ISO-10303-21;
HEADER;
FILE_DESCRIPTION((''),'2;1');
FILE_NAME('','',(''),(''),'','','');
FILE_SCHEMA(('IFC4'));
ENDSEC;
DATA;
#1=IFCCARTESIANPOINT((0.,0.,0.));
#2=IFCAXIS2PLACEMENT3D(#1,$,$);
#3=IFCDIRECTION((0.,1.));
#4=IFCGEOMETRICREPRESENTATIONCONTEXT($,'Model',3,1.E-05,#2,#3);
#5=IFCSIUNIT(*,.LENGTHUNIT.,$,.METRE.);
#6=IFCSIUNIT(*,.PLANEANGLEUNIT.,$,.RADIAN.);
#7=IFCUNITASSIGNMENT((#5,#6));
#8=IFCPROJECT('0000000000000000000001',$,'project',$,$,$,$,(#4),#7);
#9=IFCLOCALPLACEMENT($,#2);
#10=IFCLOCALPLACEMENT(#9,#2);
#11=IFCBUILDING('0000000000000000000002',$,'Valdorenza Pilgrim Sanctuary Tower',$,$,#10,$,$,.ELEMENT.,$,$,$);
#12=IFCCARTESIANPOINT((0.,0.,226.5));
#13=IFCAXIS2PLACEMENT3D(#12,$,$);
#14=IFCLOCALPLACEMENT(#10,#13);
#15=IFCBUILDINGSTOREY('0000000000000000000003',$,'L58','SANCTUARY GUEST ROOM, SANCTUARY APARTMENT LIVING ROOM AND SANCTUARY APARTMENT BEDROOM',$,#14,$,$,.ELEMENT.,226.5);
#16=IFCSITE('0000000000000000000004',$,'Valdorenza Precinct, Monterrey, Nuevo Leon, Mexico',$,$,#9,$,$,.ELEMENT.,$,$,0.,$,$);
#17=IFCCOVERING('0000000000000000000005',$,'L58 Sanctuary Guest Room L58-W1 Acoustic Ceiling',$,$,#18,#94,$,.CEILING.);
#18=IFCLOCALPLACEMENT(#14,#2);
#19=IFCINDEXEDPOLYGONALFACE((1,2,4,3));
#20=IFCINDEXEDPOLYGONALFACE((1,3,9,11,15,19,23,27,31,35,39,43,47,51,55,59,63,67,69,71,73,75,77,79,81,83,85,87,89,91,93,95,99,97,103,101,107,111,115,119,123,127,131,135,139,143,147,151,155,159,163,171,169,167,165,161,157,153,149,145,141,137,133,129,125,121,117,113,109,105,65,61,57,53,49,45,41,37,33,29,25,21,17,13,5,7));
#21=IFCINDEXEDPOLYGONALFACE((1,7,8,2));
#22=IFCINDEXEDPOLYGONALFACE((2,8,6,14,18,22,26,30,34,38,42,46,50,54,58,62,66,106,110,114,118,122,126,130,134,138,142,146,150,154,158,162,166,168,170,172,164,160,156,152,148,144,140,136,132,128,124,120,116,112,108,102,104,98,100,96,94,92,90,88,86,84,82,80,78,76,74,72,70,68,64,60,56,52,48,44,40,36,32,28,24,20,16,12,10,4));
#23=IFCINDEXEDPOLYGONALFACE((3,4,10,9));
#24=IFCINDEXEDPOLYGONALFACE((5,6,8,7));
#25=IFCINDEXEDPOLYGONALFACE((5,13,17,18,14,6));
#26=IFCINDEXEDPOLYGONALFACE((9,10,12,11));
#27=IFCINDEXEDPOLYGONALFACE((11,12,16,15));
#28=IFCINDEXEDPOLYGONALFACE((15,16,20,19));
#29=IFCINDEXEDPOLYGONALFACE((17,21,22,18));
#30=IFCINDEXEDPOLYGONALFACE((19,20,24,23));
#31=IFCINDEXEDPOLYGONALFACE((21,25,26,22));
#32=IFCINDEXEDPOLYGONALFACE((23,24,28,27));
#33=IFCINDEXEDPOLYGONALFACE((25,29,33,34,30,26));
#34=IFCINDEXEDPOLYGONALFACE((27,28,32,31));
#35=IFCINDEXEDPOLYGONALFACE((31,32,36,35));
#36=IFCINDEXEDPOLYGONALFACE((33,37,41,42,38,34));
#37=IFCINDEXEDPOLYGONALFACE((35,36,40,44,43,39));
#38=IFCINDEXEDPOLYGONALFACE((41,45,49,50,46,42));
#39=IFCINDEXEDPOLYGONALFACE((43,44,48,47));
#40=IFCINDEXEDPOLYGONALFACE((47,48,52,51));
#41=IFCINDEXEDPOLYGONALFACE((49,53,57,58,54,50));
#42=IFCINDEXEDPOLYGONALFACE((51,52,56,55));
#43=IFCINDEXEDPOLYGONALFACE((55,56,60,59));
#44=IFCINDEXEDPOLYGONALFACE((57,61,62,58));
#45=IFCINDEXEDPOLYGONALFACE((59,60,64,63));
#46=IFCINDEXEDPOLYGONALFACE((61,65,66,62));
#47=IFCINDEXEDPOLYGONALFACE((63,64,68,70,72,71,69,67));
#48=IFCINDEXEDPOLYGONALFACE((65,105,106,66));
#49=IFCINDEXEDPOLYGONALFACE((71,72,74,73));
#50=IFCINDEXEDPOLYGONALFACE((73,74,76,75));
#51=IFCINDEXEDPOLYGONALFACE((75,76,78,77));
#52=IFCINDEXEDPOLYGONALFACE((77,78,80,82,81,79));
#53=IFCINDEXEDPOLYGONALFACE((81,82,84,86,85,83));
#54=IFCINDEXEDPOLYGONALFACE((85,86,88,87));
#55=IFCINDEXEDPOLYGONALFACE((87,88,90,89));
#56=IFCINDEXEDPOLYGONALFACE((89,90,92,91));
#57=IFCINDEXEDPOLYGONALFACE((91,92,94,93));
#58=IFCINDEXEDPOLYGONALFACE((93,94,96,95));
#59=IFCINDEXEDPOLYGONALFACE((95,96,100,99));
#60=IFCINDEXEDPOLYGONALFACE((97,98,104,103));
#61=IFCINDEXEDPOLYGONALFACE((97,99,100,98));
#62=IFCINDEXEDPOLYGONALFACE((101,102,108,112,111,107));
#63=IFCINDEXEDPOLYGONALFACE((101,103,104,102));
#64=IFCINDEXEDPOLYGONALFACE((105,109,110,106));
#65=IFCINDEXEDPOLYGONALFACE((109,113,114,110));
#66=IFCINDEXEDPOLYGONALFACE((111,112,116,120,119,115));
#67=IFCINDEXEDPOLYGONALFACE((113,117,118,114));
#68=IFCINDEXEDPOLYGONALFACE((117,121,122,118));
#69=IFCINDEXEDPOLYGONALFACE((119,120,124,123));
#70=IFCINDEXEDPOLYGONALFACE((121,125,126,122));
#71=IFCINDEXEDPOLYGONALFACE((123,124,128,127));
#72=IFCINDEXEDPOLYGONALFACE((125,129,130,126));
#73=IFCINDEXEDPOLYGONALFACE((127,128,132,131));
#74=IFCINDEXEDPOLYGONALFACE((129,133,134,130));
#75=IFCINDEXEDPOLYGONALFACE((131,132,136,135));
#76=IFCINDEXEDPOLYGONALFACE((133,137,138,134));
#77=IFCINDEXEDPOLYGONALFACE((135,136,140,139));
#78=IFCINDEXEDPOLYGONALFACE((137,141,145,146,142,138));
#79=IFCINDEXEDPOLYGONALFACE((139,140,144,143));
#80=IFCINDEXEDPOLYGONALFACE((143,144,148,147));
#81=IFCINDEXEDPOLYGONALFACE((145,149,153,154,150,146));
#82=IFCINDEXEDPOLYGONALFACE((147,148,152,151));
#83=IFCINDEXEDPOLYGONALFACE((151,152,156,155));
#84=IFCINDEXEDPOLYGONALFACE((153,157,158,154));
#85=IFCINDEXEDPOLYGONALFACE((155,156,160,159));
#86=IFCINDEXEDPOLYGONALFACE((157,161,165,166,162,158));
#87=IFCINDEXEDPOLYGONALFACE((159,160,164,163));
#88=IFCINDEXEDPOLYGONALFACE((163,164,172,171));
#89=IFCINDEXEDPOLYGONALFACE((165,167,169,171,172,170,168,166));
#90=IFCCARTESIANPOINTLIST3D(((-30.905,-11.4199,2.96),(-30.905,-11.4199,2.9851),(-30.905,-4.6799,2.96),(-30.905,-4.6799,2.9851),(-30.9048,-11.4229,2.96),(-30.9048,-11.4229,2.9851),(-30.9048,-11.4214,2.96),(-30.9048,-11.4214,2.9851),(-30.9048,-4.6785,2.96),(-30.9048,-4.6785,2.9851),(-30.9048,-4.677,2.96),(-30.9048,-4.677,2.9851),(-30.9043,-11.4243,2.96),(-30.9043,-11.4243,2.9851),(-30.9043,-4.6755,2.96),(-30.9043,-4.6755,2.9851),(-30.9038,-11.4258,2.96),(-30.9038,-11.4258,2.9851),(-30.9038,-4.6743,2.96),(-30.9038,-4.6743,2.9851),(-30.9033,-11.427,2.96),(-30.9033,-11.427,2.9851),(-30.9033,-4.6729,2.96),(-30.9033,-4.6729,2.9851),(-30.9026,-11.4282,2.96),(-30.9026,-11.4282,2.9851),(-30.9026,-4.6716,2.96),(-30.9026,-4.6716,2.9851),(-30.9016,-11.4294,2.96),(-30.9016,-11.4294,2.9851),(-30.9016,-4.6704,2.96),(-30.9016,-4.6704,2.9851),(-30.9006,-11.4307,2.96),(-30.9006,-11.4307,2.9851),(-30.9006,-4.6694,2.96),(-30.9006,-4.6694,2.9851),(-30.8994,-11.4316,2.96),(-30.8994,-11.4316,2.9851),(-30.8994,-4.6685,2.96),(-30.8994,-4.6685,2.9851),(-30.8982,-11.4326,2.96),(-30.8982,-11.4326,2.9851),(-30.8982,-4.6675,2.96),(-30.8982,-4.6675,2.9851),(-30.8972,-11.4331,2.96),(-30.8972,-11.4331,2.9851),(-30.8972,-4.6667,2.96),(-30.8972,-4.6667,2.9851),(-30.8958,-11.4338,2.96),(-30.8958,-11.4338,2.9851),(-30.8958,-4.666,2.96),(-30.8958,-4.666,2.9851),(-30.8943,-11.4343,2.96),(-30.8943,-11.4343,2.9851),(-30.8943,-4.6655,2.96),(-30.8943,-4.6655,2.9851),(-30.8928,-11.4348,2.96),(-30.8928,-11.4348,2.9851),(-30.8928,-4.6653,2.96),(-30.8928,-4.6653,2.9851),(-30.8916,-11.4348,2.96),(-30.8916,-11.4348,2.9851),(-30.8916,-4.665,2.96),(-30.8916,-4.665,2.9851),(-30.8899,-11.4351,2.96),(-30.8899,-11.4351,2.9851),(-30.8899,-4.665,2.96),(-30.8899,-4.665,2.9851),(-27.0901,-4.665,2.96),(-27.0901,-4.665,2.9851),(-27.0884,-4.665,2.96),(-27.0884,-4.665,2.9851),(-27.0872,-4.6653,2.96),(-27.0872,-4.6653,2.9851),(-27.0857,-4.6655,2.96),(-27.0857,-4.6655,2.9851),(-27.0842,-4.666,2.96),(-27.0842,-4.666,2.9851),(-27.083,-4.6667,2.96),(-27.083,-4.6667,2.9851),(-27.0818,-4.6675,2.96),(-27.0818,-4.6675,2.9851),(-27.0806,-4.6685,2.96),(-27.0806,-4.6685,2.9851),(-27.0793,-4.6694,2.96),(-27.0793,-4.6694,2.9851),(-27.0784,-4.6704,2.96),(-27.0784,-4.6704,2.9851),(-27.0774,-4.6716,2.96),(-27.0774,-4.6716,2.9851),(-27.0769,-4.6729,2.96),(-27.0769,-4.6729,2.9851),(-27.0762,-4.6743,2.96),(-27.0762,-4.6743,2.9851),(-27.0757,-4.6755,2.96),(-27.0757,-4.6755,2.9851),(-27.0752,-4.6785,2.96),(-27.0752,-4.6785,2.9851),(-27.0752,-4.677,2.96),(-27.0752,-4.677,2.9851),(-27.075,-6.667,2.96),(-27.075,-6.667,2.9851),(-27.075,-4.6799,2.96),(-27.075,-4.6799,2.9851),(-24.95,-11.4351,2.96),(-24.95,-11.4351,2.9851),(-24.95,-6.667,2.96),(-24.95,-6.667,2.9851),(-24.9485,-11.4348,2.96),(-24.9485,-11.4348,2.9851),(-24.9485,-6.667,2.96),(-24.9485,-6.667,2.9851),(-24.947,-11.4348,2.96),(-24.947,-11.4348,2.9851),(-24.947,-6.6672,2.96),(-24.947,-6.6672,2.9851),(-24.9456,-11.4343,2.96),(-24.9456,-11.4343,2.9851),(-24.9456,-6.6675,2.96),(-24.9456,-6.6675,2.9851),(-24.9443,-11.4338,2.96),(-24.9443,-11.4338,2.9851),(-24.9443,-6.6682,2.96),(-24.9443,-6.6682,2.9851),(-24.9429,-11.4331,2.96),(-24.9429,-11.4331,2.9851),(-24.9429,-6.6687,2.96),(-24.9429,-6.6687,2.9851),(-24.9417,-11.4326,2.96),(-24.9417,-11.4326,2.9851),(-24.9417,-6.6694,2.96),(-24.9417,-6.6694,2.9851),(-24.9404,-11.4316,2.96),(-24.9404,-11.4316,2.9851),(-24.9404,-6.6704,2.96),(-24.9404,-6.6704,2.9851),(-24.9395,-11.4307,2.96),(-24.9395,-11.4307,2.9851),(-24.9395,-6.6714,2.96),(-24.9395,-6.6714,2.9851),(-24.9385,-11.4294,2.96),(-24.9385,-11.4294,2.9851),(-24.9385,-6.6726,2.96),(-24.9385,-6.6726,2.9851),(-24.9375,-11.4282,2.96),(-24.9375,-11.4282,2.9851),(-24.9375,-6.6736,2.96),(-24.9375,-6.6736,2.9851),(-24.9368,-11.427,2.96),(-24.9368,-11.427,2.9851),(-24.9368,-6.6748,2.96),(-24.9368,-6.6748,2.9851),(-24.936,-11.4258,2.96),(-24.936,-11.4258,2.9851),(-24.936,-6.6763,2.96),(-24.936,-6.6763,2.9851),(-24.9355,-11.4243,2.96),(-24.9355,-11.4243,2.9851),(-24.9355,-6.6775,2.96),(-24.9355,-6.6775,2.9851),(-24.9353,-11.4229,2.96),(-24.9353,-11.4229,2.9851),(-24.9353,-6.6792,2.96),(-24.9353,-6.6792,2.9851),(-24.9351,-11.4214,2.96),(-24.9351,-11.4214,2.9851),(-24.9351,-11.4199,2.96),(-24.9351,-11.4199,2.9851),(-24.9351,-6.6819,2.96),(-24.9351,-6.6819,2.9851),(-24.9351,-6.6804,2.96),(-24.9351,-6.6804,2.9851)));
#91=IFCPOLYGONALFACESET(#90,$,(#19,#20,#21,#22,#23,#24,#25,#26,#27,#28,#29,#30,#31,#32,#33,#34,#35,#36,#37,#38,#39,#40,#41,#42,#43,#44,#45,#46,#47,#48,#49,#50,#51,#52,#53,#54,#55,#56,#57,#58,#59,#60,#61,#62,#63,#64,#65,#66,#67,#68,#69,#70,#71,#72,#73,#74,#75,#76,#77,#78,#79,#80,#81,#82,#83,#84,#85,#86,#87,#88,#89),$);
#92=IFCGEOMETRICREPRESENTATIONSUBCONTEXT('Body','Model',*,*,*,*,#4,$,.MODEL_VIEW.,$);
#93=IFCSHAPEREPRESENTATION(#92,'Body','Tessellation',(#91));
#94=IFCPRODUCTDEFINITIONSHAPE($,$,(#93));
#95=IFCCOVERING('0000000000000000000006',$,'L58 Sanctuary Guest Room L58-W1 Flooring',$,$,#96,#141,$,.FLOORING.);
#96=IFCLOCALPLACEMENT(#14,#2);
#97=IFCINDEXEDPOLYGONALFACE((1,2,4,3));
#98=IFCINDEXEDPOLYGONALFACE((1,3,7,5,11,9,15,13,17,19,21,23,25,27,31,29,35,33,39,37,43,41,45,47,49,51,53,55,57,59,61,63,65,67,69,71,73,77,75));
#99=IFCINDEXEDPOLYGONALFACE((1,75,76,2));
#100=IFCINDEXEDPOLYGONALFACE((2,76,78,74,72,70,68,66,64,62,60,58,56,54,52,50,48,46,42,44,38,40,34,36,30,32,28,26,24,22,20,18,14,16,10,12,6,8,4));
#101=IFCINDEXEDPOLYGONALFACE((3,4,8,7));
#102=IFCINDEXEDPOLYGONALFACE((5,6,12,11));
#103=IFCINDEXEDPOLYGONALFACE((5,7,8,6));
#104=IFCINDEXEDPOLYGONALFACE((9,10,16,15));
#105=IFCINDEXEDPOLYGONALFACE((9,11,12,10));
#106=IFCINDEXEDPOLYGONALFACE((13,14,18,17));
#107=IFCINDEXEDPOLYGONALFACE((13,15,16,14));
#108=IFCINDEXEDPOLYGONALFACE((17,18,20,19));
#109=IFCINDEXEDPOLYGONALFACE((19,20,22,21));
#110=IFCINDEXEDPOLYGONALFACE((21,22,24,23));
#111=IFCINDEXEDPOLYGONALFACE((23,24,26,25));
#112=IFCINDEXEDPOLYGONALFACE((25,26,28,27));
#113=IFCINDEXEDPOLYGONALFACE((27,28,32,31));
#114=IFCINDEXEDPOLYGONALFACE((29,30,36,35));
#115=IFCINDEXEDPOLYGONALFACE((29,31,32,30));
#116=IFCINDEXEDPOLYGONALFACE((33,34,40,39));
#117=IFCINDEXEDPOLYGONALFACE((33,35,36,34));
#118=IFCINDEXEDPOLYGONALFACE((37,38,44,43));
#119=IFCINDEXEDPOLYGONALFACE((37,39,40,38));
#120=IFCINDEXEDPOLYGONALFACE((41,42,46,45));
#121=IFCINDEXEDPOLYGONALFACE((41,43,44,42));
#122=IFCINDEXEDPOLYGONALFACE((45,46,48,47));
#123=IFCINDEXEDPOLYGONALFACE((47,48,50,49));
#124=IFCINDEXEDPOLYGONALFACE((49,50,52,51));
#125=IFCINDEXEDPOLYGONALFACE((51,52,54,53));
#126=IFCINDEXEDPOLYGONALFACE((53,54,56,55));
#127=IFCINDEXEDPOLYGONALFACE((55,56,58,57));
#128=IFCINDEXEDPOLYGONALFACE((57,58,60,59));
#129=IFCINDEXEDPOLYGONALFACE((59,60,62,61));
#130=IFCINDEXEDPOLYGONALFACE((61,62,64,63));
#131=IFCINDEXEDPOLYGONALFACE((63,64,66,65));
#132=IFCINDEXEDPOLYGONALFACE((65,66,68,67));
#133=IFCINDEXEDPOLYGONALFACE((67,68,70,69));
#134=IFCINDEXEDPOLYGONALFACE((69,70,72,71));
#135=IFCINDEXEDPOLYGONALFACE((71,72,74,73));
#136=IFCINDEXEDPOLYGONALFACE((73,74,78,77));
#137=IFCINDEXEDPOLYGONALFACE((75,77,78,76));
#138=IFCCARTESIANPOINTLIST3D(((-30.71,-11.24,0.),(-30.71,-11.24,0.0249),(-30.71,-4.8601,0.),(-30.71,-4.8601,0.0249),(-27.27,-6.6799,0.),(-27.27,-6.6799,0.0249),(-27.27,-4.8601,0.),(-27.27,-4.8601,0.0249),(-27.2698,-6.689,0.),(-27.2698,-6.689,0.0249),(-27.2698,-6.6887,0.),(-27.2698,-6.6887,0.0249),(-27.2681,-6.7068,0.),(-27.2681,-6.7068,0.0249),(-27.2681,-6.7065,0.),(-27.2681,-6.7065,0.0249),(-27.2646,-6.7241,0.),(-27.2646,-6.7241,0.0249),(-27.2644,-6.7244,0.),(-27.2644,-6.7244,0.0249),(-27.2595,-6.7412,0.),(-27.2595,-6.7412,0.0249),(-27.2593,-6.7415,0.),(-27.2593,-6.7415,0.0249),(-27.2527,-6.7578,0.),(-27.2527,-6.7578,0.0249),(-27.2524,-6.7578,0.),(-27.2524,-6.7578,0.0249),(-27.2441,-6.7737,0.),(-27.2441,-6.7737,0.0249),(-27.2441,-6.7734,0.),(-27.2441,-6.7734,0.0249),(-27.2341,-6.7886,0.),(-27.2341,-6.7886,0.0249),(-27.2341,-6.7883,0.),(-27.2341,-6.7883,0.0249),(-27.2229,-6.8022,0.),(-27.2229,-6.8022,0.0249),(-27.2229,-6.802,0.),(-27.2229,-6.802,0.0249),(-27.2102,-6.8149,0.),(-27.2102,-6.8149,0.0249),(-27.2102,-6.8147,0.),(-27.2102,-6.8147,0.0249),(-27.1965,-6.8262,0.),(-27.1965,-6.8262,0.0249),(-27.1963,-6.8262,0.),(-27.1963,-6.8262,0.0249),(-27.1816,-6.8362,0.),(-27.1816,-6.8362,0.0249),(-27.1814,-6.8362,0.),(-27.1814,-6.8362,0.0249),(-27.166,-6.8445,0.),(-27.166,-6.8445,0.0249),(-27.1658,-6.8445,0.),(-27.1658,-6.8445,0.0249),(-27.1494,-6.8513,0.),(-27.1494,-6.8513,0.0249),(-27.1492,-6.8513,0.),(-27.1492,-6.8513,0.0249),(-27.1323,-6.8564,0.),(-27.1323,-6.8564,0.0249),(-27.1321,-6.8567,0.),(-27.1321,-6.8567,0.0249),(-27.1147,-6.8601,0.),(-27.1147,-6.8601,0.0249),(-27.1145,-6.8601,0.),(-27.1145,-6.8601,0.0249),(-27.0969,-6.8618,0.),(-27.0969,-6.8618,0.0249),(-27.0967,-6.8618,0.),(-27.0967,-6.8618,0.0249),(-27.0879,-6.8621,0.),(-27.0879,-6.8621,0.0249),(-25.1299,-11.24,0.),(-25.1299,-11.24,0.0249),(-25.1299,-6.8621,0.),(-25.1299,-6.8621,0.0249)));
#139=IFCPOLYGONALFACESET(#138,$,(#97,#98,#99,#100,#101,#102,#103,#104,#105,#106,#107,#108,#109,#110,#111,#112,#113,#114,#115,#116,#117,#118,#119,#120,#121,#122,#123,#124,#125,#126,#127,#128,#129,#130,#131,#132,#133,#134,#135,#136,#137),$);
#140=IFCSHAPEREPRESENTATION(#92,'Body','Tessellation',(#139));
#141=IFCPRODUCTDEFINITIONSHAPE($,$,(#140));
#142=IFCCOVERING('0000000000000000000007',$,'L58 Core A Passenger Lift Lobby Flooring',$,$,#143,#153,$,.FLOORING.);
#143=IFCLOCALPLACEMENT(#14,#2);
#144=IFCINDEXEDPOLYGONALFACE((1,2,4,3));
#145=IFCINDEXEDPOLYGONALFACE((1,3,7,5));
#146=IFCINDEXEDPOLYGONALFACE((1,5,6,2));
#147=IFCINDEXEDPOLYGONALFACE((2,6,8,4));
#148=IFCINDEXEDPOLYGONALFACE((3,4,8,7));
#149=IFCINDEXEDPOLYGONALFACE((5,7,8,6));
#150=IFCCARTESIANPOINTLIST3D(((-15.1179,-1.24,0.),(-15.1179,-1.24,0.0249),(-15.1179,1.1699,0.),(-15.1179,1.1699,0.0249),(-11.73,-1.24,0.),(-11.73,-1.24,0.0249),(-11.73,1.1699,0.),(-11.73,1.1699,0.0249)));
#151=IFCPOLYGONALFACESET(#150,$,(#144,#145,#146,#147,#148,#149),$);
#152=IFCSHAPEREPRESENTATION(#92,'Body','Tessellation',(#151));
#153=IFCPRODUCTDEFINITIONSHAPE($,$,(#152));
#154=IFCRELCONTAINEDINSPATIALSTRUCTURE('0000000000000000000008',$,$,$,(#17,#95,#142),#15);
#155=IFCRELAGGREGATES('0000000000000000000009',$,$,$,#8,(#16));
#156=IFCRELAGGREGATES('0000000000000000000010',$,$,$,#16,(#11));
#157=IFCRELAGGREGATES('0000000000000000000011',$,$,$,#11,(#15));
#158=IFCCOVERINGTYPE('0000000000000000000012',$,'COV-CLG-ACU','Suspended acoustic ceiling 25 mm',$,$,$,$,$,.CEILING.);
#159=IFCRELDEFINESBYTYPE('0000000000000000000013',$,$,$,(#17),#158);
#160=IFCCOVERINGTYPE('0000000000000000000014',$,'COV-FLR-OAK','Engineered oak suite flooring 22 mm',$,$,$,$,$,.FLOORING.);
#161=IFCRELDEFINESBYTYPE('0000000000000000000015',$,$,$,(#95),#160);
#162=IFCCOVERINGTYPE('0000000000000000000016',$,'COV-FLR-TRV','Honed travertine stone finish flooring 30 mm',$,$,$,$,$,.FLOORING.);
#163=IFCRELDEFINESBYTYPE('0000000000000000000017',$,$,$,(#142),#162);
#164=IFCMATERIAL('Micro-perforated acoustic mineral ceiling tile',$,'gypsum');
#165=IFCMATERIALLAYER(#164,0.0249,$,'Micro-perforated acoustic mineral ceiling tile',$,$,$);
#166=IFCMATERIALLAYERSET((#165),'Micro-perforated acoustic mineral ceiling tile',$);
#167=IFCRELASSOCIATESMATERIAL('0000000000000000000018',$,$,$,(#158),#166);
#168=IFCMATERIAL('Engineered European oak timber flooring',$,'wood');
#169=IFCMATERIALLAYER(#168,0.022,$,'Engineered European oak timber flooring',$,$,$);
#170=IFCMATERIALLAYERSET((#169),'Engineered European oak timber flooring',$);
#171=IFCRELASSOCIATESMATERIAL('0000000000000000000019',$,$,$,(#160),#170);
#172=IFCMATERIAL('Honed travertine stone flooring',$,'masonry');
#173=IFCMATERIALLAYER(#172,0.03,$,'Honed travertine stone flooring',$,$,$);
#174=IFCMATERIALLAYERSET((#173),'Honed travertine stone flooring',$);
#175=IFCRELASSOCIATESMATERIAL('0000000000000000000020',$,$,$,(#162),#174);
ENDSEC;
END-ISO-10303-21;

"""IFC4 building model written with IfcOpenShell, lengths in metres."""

from ifc_helpers import new_model, si_unit, direction, frame, origin, place, context, subcontext, project, spatial, polyline, outline, extrude, material, layer, layer_set, type_object, element, save


model = new_model("IFC4")

# Units and contexts
model_context = context("Model", 3, precision=1e-05, world=origin(), true_north=direction((0.0, 1.0)))
body_context = subcontext(model_context, "Body", "Model", "MODEL_VIEW")
ifc_project = project(units=[si_unit("LENGTHUNIT", "METRE"), si_unit("PLANEANGLEUNIT", "RADIAN")], contexts=[model_context])

# Site, building, storey
site_placement = place(None, origin())
site = spatial("IfcSite", under=ifc_project, at=site_placement, Name="Valdorenza Precinct, Monterrey, Nuevo Leon, Mexico", CompositionType="ELEMENT", RefElevation=0.0)
building_placement = place(site_placement, origin())
building = spatial("IfcBuilding", under=site, at=building_placement, Name="Valdorenza Pilgrim Sanctuary Tower", CompositionType="ELEMENT")
storey_placement = place(building_placement, frame((0.0, 0.0, 226.5)))
storey = spatial("IfcBuildingStorey", under=building, at=storey_placement, Name="L58", Description="SANCTUARY GUEST ROOM, SANCTUARY APARTMENT LIVING ROOM AND SANCTUARY APARTMENT BEDROOM", CompositionType="ELEMENT", Elevation=226.5)

# Coverings
ifc_material_1 = material(Name="Micro-perforated acoustic mineral ceiling tile", Category="gypsum")
ifc_layer_1 = layer(ifc_material_1, 0.0249, Name="Micro-perforated acoustic mineral ceiling tile")
ifc_layer_set_1 = layer_set([ifc_layer_1], Name="Micro-perforated acoustic mineral ceiling tile")
covering_type_1 = type_object("IfcCoveringType", Name="COV-CLG-ACU", Description="Suspended acoustic ceiling 25 mm", PredefinedType="CEILING", material=ifc_layer_set_1)
covering_1_placement = place(storey_placement, frame((0.0, 0.0, 2.96)))
element("IfcCovering", 1, at=covering_1_placement, inside=storey, type_object=covering_type_1, Name="L58 Sanctuary Guest Room L58-W1 Acoustic Ceiling", PredefinedType="CEILING", context=body_context, shape_type="SweptSolid", body=[
    extrude(outline(polyline([(-30.905, -4.6799), (-30.9048, -4.6785), (-30.9048, -4.677), (-30.9043, -4.6755), (-30.9038, -4.6743), (-30.9033, -4.6729), (-30.9026, -4.6716), (-30.9016, -4.6704), (-30.9006, -4.6694), (-30.8994, -4.6685), (-30.8982, -4.6675), (-30.8972, -4.6667), (-30.8958, -4.666), (-30.8943, -4.6655), (-30.8928, -4.6653), (-30.8916, -4.665), (-30.8899, -4.665), (-27.0901, -4.665), (-27.0884, -4.665), (-27.0872, -4.6653), (-27.0857, -4.6655), (-27.0842, -4.666), (-27.083, -4.6667), (-27.0818, -4.6675), (-27.0806, -4.6685), (-27.0793, -4.6694), (-27.0784, -4.6704), (-27.0774, -4.6716), (-27.0769, -4.6729), (-27.0762, -4.6743), (-27.0757, -4.6755), (-27.0752, -4.677), (-27.0752, -4.6785), (-27.075, -4.6799), (-27.075, -6.667), (-24.95, -6.667), (-24.9485, -6.667), (-24.947, -6.6672), (-24.9456, -6.6675), (-24.9443, -6.6682), (-24.9429, -6.6687), (-24.9417, -6.6694), (-24.9404, -6.6704), (-24.9395, -6.6714), (-24.9385, -6.6726), (-24.9375, -6.6736), (-24.9368, -6.6748), (-24.936, -6.6763), (-24.9355, -6.6775), (-24.9353, -6.6792), (-24.9351, -6.6804), (-24.9351, -6.6819), (-24.9351, -11.4199), (-24.9351, -11.4214), (-24.9353, -11.4229), (-24.9355, -11.4243), (-24.936, -11.4258), (-24.9368, -11.427), (-24.9375, -11.4282), (-24.9385, -11.4294), (-24.9395, -11.4307), (-24.9404, -11.4316), (-24.9417, -11.4326), (-24.9429, -11.4331), (-24.9443, -11.4338), (-24.9456, -11.4343), (-24.947, -11.4348), (-24.9485, -11.4348), (-24.95, -11.4351), (-30.8899, -11.4351), (-30.8916, -11.4348), (-30.8928, -11.4348), (-30.8943, -11.4343), (-30.8958, -11.4338), (-30.8972, -11.4331), (-30.8982, -11.4326), (-30.8994, -11.4316), (-30.9006, -11.4307), (-30.9016, -11.4294), (-30.9026, -11.4282), (-30.9033, -11.427), (-30.9038, -11.4258), (-30.9043, -11.4243), (-30.9048, -11.4229), (-30.9048, -11.4214), (-30.905, -11.4199), (-30.905, -4.6799)])), origin(), (0.0, 0.0, 1.0), 0.0251),
])
ifc_material_2 = material(Name="Engineered European oak timber flooring", Category="wood")
ifc_layer_2 = layer(ifc_material_2, 0.022, Name="Engineered European oak timber flooring")
ifc_layer_set_2 = layer_set([ifc_layer_2], Name="Engineered European oak timber flooring")
covering_type_2 = type_object("IfcCoveringType", Name="COV-FLR-OAK", Description="Engineered oak suite flooring 22 mm", PredefinedType="FLOORING", material=ifc_layer_set_2)
covering_2_placement = place(storey_placement, origin())
element("IfcCovering", 2, at=covering_2_placement, inside=storey, type_object=covering_type_2, Name="L58 Sanctuary Guest Room L58-W1 Flooring", PredefinedType="FLOORING", context=body_context, shape_type="SweptSolid", body=[
    extrude(outline(polyline([(-30.71, -4.8601), (-27.27, -4.8601), (-27.27, -6.6799), (-27.2698, -6.6887), (-27.2698, -6.689), (-27.2681, -6.7065), (-27.2681, -6.7068), (-27.2646, -6.7241), (-27.2644, -6.7244), (-27.2595, -6.7412), (-27.2593, -6.7415), (-27.2527, -6.7578), (-27.2524, -6.7578), (-27.2441, -6.7734), (-27.2441, -6.7737), (-27.2341, -6.7883), (-27.2341, -6.7886), (-27.2229, -6.802), (-27.2229, -6.8022), (-27.2102, -6.8147), (-27.2102, -6.8149), (-27.1965, -6.8262), (-27.1963, -6.8262), (-27.1816, -6.8362), (-27.1814, -6.8362), (-27.166, -6.8445), (-27.1658, -6.8445), (-27.1494, -6.8513), (-27.1492, -6.8513), (-27.1323, -6.8564), (-27.1321, -6.8567), (-27.1147, -6.8601), (-27.1145, -6.8601), (-27.0969, -6.8618), (-27.0967, -6.8618), (-27.0879, -6.8621), (-25.1299, -6.8621), (-25.1299, -11.24), (-30.71, -11.24), (-30.71, -4.8601)])), origin(), (0.0, 0.0, 1.0), 0.0249),
])
ifc_material_3 = material(Name="Honed travertine stone flooring", Category="masonry")
ifc_layer_3 = layer(ifc_material_3, 0.03, Name="Honed travertine stone flooring")
ifc_layer_set_3 = layer_set([ifc_layer_3], Name="Honed travertine stone flooring")
covering_type_3 = type_object("IfcCoveringType", Name="COV-FLR-TRV", Description="Honed travertine stone finish flooring 30 mm", PredefinedType="FLOORING", material=ifc_layer_set_3)
covering_3_placement = place(storey_placement, origin())
element("IfcCovering", 3, at=covering_3_placement, inside=storey, type_object=covering_type_3, Name="L58 Core A Passenger Lift Lobby Flooring", PredefinedType="FLOORING", context=body_context, shape_type="SweptSolid", body=[
    extrude(outline(polyline([(-15.1179, 1.1699), (-11.73, 1.1699), (-11.73, -1.24), (-15.1179, -1.24), (-15.1179, 1.1699)])), origin(), (0.0, 0.0, 1.0), 0.0249),
])

save(model, "model.ifc")
